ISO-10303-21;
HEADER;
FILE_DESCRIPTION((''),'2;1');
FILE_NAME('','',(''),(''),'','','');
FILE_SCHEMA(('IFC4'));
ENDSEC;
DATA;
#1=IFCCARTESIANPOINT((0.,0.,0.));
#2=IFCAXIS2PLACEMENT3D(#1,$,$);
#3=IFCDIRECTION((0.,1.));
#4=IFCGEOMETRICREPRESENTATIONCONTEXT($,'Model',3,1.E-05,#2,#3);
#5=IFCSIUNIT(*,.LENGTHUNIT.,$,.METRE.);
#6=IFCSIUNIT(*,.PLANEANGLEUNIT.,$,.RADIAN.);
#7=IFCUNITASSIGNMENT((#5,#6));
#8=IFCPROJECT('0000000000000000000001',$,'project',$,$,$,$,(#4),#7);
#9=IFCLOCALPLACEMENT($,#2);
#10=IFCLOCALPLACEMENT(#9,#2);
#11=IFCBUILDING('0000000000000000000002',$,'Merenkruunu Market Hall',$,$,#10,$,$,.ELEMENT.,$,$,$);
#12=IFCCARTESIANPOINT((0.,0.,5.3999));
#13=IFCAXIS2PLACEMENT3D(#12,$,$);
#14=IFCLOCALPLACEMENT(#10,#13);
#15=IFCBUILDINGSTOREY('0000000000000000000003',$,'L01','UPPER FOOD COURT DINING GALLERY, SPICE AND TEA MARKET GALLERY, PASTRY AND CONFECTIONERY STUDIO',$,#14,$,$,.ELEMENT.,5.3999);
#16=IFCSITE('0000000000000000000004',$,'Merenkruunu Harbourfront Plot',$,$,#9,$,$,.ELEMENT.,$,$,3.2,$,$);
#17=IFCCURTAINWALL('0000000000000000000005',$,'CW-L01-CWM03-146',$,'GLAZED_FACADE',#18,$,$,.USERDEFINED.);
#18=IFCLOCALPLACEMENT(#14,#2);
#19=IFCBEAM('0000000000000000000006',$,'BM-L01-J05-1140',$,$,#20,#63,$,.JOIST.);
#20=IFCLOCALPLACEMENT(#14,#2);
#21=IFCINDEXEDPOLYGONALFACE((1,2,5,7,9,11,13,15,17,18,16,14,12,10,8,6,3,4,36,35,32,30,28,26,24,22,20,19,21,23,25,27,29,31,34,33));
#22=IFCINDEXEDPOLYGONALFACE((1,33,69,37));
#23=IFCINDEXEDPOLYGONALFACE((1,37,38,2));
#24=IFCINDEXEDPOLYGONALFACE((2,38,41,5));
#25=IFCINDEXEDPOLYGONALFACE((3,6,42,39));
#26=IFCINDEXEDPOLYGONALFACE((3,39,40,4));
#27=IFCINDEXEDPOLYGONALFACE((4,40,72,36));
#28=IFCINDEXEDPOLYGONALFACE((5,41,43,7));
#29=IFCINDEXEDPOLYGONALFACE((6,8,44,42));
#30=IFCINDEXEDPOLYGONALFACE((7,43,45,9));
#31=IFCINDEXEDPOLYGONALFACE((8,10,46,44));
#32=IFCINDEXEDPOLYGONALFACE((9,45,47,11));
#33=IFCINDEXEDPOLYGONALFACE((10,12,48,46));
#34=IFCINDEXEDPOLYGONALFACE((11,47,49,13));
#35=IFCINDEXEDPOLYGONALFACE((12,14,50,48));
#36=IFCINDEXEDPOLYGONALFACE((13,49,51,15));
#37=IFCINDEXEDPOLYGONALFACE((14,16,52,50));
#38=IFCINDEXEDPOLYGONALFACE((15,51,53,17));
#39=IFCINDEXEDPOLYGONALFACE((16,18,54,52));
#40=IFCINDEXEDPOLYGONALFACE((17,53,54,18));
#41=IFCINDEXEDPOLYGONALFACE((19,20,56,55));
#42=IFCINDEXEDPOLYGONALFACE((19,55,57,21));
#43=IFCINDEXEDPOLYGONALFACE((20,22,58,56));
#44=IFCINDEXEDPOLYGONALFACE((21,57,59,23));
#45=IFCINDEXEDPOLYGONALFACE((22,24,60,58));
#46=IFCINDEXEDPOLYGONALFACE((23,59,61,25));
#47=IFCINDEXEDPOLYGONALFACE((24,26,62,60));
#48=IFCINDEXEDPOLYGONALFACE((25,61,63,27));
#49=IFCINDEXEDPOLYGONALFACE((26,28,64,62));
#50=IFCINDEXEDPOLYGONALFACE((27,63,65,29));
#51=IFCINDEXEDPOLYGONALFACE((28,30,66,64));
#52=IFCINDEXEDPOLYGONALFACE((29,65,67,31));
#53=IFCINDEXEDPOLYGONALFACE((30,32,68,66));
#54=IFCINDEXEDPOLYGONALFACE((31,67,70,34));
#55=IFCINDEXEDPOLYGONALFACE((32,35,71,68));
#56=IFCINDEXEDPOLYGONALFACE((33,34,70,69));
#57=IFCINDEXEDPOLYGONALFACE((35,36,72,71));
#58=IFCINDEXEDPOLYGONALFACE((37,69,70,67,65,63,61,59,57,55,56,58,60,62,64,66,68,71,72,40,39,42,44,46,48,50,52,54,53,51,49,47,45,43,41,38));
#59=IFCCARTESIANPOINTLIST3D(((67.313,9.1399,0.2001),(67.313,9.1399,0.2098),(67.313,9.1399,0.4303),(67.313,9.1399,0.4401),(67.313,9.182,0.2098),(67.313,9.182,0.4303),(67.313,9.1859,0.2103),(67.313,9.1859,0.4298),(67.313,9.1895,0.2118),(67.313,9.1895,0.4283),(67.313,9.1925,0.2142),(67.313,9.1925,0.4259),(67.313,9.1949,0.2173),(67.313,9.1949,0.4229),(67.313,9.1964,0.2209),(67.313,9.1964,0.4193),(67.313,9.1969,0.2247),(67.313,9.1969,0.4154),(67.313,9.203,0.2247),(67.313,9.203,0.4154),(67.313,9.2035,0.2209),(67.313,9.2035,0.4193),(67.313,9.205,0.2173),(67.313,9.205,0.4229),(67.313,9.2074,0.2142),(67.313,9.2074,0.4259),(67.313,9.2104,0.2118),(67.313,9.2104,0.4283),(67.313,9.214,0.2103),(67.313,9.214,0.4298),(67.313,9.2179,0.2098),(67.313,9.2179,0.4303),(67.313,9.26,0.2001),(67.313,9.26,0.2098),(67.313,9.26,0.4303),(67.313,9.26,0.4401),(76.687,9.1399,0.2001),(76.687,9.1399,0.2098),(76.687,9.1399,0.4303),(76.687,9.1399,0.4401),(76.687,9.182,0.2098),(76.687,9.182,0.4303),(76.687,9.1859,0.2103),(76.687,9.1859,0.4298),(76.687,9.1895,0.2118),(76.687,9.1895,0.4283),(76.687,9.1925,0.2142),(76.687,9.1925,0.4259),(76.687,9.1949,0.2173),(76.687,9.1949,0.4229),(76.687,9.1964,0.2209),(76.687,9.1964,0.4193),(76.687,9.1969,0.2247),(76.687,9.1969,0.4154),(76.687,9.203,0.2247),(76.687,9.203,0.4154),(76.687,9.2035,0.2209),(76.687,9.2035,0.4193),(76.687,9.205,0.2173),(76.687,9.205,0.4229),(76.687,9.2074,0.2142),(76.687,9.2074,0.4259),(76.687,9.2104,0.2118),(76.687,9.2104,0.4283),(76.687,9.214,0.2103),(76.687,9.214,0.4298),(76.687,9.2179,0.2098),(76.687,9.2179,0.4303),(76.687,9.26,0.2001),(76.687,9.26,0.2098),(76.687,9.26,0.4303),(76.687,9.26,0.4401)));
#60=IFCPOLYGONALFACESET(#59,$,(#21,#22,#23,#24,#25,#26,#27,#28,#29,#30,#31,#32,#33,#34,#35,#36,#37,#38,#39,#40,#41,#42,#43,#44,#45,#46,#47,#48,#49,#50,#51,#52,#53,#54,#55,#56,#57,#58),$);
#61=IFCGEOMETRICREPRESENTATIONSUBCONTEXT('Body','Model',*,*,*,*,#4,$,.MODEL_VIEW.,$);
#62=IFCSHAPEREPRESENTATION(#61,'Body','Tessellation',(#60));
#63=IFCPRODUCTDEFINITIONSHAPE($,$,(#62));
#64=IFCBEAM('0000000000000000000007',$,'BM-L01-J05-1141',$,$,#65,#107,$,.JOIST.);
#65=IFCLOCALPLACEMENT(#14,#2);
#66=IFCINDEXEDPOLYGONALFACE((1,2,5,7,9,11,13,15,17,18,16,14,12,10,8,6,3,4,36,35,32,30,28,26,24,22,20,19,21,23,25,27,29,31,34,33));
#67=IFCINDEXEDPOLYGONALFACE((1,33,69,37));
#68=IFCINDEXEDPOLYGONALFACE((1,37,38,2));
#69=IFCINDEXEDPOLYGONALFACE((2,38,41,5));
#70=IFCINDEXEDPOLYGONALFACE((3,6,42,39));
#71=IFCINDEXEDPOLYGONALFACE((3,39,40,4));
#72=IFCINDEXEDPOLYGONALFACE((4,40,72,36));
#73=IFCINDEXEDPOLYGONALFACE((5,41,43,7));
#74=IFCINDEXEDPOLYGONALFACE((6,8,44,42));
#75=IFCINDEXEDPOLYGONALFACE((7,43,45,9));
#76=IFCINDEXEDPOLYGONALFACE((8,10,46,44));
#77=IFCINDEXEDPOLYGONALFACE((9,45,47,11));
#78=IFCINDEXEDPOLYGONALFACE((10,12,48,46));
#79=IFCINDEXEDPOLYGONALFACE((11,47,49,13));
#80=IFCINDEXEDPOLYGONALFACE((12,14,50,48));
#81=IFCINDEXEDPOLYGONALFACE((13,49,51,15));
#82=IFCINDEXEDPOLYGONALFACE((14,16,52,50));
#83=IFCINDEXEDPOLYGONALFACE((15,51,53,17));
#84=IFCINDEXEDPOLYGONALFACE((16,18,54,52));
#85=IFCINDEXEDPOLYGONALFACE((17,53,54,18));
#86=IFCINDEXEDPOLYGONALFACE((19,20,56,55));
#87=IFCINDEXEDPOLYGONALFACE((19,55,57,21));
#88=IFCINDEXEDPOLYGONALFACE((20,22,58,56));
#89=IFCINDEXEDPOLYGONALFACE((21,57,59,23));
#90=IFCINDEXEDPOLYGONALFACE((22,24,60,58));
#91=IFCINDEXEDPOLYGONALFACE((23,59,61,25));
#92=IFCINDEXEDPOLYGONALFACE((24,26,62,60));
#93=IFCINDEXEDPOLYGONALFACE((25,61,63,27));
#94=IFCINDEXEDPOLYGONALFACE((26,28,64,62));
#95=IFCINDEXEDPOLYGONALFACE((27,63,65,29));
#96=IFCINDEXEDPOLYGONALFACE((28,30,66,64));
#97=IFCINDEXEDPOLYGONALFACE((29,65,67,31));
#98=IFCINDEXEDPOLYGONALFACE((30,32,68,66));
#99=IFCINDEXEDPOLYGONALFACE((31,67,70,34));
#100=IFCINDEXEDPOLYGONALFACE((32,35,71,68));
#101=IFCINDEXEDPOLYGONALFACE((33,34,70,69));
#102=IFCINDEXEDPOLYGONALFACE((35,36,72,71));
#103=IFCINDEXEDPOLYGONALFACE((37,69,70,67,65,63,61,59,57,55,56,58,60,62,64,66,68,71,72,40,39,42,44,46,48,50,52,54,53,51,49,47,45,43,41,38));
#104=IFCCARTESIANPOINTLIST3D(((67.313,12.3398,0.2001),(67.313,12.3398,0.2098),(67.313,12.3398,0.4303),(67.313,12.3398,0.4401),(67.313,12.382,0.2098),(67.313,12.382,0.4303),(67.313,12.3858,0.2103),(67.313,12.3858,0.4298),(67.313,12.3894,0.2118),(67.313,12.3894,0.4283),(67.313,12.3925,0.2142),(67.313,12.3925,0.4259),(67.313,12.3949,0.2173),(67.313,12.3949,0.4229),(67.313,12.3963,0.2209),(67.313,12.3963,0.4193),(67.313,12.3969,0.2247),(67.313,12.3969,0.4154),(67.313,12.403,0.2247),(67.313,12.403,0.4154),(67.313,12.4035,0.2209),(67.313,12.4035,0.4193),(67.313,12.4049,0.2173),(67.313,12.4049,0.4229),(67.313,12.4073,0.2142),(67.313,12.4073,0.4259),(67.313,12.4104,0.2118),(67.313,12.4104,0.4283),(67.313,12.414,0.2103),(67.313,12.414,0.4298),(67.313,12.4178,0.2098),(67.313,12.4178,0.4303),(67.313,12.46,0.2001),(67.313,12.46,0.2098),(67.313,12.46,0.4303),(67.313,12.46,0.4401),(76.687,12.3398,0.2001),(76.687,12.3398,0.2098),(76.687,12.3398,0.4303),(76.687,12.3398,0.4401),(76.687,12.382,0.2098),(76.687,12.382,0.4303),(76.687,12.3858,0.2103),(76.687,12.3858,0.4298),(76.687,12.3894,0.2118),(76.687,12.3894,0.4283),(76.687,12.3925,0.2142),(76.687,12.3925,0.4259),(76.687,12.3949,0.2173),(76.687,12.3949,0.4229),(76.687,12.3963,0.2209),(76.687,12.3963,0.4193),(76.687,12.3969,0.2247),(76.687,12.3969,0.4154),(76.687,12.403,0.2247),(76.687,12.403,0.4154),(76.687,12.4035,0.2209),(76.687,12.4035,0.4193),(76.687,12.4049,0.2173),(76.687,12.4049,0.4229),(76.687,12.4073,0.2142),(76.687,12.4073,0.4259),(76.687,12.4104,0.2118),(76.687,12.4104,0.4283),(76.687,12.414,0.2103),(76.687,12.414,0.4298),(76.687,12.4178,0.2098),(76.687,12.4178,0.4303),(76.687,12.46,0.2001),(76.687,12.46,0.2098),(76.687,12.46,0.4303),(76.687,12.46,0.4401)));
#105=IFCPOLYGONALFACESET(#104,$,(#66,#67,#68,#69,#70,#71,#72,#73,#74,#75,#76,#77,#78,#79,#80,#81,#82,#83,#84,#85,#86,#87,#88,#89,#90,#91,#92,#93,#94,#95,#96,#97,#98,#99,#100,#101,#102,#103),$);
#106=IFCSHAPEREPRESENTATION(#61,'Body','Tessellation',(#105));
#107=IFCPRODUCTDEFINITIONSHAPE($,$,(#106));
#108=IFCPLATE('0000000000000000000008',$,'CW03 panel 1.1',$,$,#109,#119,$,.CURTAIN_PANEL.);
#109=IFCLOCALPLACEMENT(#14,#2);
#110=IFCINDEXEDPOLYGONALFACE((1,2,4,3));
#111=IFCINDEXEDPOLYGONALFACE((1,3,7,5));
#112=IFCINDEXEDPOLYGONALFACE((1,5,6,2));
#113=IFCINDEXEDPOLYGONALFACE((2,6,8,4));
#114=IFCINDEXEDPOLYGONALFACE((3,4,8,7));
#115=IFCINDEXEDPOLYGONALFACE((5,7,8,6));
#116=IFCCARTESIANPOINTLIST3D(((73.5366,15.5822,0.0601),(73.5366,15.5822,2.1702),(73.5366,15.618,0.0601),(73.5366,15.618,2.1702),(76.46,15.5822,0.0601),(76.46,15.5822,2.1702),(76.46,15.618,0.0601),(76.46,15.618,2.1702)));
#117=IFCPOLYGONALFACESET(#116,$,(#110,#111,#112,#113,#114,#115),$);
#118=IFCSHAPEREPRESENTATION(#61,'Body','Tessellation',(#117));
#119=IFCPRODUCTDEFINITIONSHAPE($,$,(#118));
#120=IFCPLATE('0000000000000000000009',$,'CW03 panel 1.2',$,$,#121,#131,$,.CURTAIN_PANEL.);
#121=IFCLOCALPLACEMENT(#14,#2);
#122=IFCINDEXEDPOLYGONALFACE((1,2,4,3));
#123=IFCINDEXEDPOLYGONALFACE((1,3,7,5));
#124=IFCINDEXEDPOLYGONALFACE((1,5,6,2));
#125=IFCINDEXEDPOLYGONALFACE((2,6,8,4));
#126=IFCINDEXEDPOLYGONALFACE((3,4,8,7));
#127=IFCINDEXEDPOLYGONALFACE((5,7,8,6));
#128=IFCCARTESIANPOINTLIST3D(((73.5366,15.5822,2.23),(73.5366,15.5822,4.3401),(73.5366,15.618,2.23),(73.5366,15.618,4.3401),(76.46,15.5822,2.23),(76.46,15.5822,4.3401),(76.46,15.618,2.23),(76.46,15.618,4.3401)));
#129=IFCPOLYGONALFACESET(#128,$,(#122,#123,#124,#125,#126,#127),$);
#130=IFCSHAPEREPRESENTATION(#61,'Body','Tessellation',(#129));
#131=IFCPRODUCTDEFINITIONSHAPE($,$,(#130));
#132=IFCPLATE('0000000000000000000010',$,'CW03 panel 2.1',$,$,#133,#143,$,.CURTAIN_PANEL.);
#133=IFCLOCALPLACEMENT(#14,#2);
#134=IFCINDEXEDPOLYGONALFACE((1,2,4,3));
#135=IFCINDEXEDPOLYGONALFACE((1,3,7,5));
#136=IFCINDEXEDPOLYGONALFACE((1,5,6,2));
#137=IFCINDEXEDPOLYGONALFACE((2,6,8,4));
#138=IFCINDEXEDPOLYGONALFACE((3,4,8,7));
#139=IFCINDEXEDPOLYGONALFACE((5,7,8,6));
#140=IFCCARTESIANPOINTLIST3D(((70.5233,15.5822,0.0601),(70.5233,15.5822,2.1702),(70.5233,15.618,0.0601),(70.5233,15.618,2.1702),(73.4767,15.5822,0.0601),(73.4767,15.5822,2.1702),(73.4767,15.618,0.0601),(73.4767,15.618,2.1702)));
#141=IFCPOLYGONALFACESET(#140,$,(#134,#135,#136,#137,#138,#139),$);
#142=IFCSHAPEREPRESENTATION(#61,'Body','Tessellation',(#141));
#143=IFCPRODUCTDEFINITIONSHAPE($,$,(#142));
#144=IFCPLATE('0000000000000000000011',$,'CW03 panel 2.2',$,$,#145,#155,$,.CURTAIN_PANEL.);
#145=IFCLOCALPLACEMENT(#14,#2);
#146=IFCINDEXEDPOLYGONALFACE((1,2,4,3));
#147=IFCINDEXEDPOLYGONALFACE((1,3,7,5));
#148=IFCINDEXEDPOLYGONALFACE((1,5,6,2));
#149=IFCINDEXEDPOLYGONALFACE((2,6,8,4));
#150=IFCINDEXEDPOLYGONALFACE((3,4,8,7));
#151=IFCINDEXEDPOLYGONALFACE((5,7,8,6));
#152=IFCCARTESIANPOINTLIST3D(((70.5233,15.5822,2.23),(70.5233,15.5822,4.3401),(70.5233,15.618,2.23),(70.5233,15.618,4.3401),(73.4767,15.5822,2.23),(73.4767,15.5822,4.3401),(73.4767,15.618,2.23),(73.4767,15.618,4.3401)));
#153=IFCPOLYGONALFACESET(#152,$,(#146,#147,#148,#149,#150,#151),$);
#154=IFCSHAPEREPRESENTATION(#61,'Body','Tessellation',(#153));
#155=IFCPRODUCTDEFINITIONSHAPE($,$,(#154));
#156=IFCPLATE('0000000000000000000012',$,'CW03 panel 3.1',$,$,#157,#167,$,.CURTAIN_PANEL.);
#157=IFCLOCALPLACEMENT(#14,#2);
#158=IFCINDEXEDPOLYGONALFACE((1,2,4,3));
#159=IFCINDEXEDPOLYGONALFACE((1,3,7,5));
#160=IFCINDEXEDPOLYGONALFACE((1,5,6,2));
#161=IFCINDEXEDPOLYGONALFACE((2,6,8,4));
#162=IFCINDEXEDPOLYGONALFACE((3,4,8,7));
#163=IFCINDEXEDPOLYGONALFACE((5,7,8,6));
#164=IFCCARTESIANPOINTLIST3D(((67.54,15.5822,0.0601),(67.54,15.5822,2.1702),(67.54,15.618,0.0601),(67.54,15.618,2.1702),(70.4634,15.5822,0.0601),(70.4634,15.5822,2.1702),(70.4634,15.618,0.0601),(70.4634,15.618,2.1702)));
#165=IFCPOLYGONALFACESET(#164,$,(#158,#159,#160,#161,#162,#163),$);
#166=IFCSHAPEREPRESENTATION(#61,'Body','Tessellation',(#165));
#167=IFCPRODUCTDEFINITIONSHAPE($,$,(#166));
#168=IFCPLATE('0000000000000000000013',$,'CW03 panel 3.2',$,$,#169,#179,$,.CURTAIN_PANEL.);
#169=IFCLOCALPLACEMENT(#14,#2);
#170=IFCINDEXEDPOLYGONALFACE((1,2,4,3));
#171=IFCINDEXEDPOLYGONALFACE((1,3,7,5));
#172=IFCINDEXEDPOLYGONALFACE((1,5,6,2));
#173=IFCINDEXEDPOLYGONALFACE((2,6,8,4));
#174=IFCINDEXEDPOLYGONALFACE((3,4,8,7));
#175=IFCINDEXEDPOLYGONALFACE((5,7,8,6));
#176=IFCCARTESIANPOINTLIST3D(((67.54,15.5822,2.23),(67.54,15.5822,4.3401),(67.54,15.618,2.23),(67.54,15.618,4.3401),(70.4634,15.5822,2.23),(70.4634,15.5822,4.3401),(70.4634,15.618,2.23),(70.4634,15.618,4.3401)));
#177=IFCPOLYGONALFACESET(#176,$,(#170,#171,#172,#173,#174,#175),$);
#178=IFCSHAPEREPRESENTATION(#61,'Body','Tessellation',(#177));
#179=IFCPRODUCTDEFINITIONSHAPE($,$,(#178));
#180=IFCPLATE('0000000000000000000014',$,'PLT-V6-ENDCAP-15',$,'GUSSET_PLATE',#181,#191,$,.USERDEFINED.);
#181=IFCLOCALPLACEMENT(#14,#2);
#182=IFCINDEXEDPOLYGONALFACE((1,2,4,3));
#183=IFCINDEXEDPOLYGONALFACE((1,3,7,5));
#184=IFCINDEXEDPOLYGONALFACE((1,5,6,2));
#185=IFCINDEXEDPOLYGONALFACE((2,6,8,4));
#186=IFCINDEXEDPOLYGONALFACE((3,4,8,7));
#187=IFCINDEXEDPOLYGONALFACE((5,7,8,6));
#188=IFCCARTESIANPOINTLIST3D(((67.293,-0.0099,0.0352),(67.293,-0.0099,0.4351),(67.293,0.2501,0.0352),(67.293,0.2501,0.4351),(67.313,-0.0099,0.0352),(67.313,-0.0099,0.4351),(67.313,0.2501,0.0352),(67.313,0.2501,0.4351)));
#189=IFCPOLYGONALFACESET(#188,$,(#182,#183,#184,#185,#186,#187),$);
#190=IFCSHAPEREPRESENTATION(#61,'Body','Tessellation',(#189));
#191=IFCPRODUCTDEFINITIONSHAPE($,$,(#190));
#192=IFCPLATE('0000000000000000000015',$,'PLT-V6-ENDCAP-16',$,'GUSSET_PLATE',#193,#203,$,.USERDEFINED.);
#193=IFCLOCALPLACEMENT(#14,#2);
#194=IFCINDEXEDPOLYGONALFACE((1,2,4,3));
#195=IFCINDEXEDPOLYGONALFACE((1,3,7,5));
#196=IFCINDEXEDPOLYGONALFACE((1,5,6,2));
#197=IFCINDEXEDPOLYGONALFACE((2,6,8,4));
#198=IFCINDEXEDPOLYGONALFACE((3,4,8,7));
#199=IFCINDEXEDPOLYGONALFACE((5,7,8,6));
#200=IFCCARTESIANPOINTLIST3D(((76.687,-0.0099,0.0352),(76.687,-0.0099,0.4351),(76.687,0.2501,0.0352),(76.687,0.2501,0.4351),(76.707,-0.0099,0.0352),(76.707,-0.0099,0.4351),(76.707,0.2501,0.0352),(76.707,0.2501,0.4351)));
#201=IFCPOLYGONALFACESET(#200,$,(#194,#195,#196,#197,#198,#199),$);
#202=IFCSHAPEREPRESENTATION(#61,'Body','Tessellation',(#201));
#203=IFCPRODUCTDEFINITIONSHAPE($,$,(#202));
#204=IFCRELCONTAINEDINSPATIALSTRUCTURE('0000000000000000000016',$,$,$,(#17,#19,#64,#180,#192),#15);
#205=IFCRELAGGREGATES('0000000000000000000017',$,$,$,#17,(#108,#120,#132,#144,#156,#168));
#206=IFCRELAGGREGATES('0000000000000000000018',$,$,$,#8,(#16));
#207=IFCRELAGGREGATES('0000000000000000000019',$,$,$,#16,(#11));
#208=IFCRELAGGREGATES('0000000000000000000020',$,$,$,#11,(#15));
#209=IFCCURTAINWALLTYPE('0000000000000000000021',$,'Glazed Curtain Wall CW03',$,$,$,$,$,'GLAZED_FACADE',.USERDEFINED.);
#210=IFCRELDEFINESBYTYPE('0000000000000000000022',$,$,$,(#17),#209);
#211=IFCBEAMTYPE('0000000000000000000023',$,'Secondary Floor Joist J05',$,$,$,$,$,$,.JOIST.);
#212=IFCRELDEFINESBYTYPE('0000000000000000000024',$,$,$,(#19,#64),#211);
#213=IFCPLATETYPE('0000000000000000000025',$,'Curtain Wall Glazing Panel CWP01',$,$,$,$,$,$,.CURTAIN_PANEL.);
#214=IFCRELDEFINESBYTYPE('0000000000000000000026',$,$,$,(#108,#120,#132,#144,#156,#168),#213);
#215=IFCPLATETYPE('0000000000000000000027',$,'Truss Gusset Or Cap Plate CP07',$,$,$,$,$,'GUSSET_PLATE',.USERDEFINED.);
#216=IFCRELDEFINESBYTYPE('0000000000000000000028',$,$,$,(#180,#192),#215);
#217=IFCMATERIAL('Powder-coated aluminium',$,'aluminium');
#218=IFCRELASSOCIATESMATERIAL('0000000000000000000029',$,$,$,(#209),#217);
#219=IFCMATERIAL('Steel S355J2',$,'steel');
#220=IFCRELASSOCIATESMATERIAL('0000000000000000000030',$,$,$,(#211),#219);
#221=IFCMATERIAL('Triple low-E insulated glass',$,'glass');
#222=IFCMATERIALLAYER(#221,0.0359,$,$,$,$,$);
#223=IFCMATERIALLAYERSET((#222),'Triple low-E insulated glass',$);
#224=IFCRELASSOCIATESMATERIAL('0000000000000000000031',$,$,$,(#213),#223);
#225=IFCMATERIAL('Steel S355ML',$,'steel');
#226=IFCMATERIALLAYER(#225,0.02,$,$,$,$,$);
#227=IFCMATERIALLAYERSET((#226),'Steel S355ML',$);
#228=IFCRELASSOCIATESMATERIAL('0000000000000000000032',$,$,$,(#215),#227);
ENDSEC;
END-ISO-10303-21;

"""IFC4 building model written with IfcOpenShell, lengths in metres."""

from ifc_helpers import new_model, si_unit, direction, frame, origin, origin_2d, place, context, subcontext, project, spatial, rectangle, i_section, extrude, material, layer, layer_set, material_profile, profile_set, type_object, element, aggregate, save


model = new_model("IFC4")

# Units and contexts
model_context = context("Model", 3, precision=1e-05, world=origin(), true_north=direction((0.0, 1.0)))
body_context = subcontext(model_context, "Body", "Model", "MODEL_VIEW")
ifc_project = project(units=[si_unit("LENGTHUNIT", "METRE"), si_unit("PLANEANGLEUNIT", "RADIAN")], contexts=[model_context])

# Site, building, storey
site_placement = place(None, origin())
site = spatial("IfcSite", under=ifc_project, at=site_placement, Name="Merenkruunu Harbourfront Plot", CompositionType="ELEMENT", RefElevation=3.2)
building_placement = place(site_placement, origin())
building = spatial("IfcBuilding", under=site, at=building_placement, Name="Merenkruunu Market Hall", CompositionType="ELEMENT")
storey_placement = place(building_placement, frame((0.0, 0.0, 5.3999)))
storey = spatial("IfcBuildingStorey", under=building, at=storey_placement, Name="L01", Description="UPPER FOOD COURT DINING GALLERY, SPICE AND TEA MARKET GALLERY, PASTRY AND CONFECTIONERY STUDIO", CompositionType="ELEMENT", Elevation=5.3999)

# Shared definitions
ifc_material_1 = material(Name="Steel S355ML", Category="steel")

# Curtain wall
ifc_material_2 = material(Name="Powder-coated aluminium", Category="aluminium")
curtain_wall_type = type_object("IfcCurtainWallType", Name="Glazed Curtain Wall CW03", ElementType="GLAZED_FACADE", PredefinedType="USERDEFINED", material=ifc_material_2)
curtain_wall_placement = place(storey_placement, origin())
curtain_wall = element("IfcCurtainWall", 1, at=curtain_wall_placement, inside=storey, type_object=curtain_wall_type, Name="CW-L01-CWM03-146", ObjectType="GLAZED_FACADE", PredefinedType="USERDEFINED")

# Beams
ifc_material_3 = material(Name="Steel S355J2", Category="steel")
ifc_material_profile_1 = material_profile(ifc_material_3, i_section(OverallWidth=0.1201, OverallDepth=0.24, WebThickness=0.0061, FlangeThickness=0.0098, FilletRadius=0.0149, at=origin_2d()), Name="IPE 240")
ifc_profile_set_1 = profile_set([ifc_material_profile_1], Name="Steel S355J2")
beam_type_1 = type_object("IfcBeamType", Name="Secondary Floor Joist J05", PredefinedType="JOIST", material=ifc_profile_set_1)
for number, where, z_axis, x_axis, name in (
    (2, (67.313, 9.2, 0.3201), (1.0, 0.0, 0.0), (0.0, 1.0, 0.0), "BM-L01-J05-1140"),
    (3, (67.313, 12.3999, 0.3201), (1.0, 0.0, 0.0), (0.0, 1.0, 0.0), "BM-L01-J05-1141"),
):
    element("IfcBeam", number, at=place(storey_placement, frame(where, z_axis=z_axis, x_axis=x_axis)), inside=storey, type_object=beam_type_1, Name=name, PredefinedType="JOIST", context=body_context, shape_type="SweptSolid", body=[
        extrude(i_section(OverallWidth=0.1201, OverallDepth=0.24, WebThickness=0.0061, FlangeThickness=0.0098, FilletRadius=0.0149, at=origin_2d()), origin(), (0.0, 0.0, 1.0), 9.374),
    ])

# Plates
ifc_material_4 = material(Name="Triple low-E insulated glass", Category="glass")
ifc_layer_1 = layer(ifc_material_4, 0.0359)
ifc_layer_set_1 = layer_set([ifc_layer_1], Name="Triple low-E insulated glass")
plate_type_1 = type_object("IfcPlateType", Name="Curtain Wall Glazing Panel CWP01", PredefinedType="CURTAIN_PANEL", material=ifc_layer_set_1)
plate_1_placement = place(storey_placement, frame((74.9983, 15.6001, 0.0601), z_axis=(0.0, 0.0, 1.0), x_axis=(-1.0, 0.0, 0.0)))
plate_1 = element("IfcPlate", 4, at=plate_1_placement, type_object=plate_type_1, Name="CW03 panel 1.1", PredefinedType="CURTAIN_PANEL", context=body_context, shape_type="SweptSolid", body=[
    extrude(rectangle(XDim=2.9233, YDim=0.0359, at=origin_2d()), origin(), (0.0, 0.0, 1.0), 2.1101),
])
plate_2_placement = place(storey_placement, frame((74.9983, 15.6001, 2.23), z_axis=(0.0, 0.0, 1.0), x_axis=(-1.0, 0.0, 0.0)))
plate_2 = element("IfcPlate", 5, at=plate_2_placement, type_object=plate_type_1, Name="CW03 panel 1.2", PredefinedType="CURTAIN_PANEL", context=body_context, shape_type="SweptSolid", body=[
    extrude(rectangle(XDim=2.9233, YDim=0.0359, at=origin_2d()), origin(), (0.0, 0.0, 1.0), 2.1101),
])
plate_3_placement = place(storey_placement, frame((72.0, 15.6001, 0.0601), z_axis=(0.0, 0.0, 1.0), x_axis=(-1.0, 0.0, 0.0)))
plate_3 = element("IfcPlate", 6, at=plate_3_placement, type_object=plate_type_1, Name="CW03 panel 2.1", PredefinedType="CURTAIN_PANEL", context=body_context, shape_type="SweptSolid", body=[
    extrude(rectangle(XDim=2.9534, YDim=0.0359, at=origin_2d()), origin(), (0.0, 0.0, 1.0), 2.1101),
])
plate_4_placement = place(storey_placement, frame((72.0, 15.6001, 2.23), z_axis=(0.0, 0.0, 1.0), x_axis=(-1.0, 0.0, 0.0)))
plate_4 = element("IfcPlate", 7, at=plate_4_placement, type_object=plate_type_1, Name="CW03 panel 2.2", PredefinedType="CURTAIN_PANEL", context=body_context, shape_type="SweptSolid", body=[
    extrude(rectangle(XDim=2.9534, YDim=0.0359, at=origin_2d()), origin(), (0.0, 0.0, 1.0), 2.1101),
])
plate_5_placement = place(storey_placement, frame((69.0017, 15.6001, 0.0601), z_axis=(0.0, 0.0, 1.0), x_axis=(-1.0, 0.0, 0.0)))
plate_5 = element("IfcPlate", 8, at=plate_5_placement, type_object=plate_type_1, Name="CW03 panel 3.1", PredefinedType="CURTAIN_PANEL", context=body_context, shape_type="SweptSolid", body=[
    extrude(rectangle(XDim=2.9233, YDim=0.0359, at=origin_2d()), origin(), (0.0, 0.0, 1.0), 2.1101),
])
plate_6_placement = place(storey_placement, frame((69.0017, 15.6001, 2.23), z_axis=(0.0, 0.0, 1.0), x_axis=(-1.0, 0.0, 0.0)))
plate_6 = element("IfcPlate", 9, at=plate_6_placement, type_object=plate_type_1, Name="CW03 panel 3.2", PredefinedType="CURTAIN_PANEL", context=body_context, shape_type="SweptSolid", body=[
    extrude(rectangle(XDim=2.9233, YDim=0.0359, at=origin_2d()), origin(), (0.0, 0.0, 1.0), 2.1101),
])
aggregate(curtain_wall, [plate_1, plate_2, plate_3, plate_4, plate_5, plate_6])

# Plates
ifc_layer_2 = layer(ifc_material_1, 0.02)
ifc_layer_set_2 = layer_set([ifc_layer_2], Name="Steel S355ML")
plate_type_2 = type_object("IfcPlateType", Name="Truss Gusset Or Cap Plate CP07", ElementType="GUSSET_PLATE", PredefinedType="USERDEFINED", material=ifc_layer_set_2)
for number, where, z_axis, x_axis, name in (
    (10, (67.303, 0.1201, 0.0352), (0.0, 0.0, 1.0), (1.0, 0.0, 0.0), "PLT-V6-ENDCAP-15"),
    (11, (76.697, 0.1201, 0.0352), (0.0, 0.0, 1.0), (1.0, 0.0, 0.0), "PLT-V6-ENDCAP-16"),
):
    element("IfcPlate", number, at=place(storey_placement, frame(where, z_axis=z_axis, x_axis=x_axis)), inside=storey, type_object=plate_type_2, Name=name, ObjectType="GUSSET_PLATE", PredefinedType="USERDEFINED", context=body_context, shape_type="SweptSolid", body=[
        extrude(rectangle(XDim=0.02, YDim=0.26, at=origin_2d()), origin(), (0.0, 0.0, 1.0), 0.3999),
    ])

save(model, "model.ifc")
